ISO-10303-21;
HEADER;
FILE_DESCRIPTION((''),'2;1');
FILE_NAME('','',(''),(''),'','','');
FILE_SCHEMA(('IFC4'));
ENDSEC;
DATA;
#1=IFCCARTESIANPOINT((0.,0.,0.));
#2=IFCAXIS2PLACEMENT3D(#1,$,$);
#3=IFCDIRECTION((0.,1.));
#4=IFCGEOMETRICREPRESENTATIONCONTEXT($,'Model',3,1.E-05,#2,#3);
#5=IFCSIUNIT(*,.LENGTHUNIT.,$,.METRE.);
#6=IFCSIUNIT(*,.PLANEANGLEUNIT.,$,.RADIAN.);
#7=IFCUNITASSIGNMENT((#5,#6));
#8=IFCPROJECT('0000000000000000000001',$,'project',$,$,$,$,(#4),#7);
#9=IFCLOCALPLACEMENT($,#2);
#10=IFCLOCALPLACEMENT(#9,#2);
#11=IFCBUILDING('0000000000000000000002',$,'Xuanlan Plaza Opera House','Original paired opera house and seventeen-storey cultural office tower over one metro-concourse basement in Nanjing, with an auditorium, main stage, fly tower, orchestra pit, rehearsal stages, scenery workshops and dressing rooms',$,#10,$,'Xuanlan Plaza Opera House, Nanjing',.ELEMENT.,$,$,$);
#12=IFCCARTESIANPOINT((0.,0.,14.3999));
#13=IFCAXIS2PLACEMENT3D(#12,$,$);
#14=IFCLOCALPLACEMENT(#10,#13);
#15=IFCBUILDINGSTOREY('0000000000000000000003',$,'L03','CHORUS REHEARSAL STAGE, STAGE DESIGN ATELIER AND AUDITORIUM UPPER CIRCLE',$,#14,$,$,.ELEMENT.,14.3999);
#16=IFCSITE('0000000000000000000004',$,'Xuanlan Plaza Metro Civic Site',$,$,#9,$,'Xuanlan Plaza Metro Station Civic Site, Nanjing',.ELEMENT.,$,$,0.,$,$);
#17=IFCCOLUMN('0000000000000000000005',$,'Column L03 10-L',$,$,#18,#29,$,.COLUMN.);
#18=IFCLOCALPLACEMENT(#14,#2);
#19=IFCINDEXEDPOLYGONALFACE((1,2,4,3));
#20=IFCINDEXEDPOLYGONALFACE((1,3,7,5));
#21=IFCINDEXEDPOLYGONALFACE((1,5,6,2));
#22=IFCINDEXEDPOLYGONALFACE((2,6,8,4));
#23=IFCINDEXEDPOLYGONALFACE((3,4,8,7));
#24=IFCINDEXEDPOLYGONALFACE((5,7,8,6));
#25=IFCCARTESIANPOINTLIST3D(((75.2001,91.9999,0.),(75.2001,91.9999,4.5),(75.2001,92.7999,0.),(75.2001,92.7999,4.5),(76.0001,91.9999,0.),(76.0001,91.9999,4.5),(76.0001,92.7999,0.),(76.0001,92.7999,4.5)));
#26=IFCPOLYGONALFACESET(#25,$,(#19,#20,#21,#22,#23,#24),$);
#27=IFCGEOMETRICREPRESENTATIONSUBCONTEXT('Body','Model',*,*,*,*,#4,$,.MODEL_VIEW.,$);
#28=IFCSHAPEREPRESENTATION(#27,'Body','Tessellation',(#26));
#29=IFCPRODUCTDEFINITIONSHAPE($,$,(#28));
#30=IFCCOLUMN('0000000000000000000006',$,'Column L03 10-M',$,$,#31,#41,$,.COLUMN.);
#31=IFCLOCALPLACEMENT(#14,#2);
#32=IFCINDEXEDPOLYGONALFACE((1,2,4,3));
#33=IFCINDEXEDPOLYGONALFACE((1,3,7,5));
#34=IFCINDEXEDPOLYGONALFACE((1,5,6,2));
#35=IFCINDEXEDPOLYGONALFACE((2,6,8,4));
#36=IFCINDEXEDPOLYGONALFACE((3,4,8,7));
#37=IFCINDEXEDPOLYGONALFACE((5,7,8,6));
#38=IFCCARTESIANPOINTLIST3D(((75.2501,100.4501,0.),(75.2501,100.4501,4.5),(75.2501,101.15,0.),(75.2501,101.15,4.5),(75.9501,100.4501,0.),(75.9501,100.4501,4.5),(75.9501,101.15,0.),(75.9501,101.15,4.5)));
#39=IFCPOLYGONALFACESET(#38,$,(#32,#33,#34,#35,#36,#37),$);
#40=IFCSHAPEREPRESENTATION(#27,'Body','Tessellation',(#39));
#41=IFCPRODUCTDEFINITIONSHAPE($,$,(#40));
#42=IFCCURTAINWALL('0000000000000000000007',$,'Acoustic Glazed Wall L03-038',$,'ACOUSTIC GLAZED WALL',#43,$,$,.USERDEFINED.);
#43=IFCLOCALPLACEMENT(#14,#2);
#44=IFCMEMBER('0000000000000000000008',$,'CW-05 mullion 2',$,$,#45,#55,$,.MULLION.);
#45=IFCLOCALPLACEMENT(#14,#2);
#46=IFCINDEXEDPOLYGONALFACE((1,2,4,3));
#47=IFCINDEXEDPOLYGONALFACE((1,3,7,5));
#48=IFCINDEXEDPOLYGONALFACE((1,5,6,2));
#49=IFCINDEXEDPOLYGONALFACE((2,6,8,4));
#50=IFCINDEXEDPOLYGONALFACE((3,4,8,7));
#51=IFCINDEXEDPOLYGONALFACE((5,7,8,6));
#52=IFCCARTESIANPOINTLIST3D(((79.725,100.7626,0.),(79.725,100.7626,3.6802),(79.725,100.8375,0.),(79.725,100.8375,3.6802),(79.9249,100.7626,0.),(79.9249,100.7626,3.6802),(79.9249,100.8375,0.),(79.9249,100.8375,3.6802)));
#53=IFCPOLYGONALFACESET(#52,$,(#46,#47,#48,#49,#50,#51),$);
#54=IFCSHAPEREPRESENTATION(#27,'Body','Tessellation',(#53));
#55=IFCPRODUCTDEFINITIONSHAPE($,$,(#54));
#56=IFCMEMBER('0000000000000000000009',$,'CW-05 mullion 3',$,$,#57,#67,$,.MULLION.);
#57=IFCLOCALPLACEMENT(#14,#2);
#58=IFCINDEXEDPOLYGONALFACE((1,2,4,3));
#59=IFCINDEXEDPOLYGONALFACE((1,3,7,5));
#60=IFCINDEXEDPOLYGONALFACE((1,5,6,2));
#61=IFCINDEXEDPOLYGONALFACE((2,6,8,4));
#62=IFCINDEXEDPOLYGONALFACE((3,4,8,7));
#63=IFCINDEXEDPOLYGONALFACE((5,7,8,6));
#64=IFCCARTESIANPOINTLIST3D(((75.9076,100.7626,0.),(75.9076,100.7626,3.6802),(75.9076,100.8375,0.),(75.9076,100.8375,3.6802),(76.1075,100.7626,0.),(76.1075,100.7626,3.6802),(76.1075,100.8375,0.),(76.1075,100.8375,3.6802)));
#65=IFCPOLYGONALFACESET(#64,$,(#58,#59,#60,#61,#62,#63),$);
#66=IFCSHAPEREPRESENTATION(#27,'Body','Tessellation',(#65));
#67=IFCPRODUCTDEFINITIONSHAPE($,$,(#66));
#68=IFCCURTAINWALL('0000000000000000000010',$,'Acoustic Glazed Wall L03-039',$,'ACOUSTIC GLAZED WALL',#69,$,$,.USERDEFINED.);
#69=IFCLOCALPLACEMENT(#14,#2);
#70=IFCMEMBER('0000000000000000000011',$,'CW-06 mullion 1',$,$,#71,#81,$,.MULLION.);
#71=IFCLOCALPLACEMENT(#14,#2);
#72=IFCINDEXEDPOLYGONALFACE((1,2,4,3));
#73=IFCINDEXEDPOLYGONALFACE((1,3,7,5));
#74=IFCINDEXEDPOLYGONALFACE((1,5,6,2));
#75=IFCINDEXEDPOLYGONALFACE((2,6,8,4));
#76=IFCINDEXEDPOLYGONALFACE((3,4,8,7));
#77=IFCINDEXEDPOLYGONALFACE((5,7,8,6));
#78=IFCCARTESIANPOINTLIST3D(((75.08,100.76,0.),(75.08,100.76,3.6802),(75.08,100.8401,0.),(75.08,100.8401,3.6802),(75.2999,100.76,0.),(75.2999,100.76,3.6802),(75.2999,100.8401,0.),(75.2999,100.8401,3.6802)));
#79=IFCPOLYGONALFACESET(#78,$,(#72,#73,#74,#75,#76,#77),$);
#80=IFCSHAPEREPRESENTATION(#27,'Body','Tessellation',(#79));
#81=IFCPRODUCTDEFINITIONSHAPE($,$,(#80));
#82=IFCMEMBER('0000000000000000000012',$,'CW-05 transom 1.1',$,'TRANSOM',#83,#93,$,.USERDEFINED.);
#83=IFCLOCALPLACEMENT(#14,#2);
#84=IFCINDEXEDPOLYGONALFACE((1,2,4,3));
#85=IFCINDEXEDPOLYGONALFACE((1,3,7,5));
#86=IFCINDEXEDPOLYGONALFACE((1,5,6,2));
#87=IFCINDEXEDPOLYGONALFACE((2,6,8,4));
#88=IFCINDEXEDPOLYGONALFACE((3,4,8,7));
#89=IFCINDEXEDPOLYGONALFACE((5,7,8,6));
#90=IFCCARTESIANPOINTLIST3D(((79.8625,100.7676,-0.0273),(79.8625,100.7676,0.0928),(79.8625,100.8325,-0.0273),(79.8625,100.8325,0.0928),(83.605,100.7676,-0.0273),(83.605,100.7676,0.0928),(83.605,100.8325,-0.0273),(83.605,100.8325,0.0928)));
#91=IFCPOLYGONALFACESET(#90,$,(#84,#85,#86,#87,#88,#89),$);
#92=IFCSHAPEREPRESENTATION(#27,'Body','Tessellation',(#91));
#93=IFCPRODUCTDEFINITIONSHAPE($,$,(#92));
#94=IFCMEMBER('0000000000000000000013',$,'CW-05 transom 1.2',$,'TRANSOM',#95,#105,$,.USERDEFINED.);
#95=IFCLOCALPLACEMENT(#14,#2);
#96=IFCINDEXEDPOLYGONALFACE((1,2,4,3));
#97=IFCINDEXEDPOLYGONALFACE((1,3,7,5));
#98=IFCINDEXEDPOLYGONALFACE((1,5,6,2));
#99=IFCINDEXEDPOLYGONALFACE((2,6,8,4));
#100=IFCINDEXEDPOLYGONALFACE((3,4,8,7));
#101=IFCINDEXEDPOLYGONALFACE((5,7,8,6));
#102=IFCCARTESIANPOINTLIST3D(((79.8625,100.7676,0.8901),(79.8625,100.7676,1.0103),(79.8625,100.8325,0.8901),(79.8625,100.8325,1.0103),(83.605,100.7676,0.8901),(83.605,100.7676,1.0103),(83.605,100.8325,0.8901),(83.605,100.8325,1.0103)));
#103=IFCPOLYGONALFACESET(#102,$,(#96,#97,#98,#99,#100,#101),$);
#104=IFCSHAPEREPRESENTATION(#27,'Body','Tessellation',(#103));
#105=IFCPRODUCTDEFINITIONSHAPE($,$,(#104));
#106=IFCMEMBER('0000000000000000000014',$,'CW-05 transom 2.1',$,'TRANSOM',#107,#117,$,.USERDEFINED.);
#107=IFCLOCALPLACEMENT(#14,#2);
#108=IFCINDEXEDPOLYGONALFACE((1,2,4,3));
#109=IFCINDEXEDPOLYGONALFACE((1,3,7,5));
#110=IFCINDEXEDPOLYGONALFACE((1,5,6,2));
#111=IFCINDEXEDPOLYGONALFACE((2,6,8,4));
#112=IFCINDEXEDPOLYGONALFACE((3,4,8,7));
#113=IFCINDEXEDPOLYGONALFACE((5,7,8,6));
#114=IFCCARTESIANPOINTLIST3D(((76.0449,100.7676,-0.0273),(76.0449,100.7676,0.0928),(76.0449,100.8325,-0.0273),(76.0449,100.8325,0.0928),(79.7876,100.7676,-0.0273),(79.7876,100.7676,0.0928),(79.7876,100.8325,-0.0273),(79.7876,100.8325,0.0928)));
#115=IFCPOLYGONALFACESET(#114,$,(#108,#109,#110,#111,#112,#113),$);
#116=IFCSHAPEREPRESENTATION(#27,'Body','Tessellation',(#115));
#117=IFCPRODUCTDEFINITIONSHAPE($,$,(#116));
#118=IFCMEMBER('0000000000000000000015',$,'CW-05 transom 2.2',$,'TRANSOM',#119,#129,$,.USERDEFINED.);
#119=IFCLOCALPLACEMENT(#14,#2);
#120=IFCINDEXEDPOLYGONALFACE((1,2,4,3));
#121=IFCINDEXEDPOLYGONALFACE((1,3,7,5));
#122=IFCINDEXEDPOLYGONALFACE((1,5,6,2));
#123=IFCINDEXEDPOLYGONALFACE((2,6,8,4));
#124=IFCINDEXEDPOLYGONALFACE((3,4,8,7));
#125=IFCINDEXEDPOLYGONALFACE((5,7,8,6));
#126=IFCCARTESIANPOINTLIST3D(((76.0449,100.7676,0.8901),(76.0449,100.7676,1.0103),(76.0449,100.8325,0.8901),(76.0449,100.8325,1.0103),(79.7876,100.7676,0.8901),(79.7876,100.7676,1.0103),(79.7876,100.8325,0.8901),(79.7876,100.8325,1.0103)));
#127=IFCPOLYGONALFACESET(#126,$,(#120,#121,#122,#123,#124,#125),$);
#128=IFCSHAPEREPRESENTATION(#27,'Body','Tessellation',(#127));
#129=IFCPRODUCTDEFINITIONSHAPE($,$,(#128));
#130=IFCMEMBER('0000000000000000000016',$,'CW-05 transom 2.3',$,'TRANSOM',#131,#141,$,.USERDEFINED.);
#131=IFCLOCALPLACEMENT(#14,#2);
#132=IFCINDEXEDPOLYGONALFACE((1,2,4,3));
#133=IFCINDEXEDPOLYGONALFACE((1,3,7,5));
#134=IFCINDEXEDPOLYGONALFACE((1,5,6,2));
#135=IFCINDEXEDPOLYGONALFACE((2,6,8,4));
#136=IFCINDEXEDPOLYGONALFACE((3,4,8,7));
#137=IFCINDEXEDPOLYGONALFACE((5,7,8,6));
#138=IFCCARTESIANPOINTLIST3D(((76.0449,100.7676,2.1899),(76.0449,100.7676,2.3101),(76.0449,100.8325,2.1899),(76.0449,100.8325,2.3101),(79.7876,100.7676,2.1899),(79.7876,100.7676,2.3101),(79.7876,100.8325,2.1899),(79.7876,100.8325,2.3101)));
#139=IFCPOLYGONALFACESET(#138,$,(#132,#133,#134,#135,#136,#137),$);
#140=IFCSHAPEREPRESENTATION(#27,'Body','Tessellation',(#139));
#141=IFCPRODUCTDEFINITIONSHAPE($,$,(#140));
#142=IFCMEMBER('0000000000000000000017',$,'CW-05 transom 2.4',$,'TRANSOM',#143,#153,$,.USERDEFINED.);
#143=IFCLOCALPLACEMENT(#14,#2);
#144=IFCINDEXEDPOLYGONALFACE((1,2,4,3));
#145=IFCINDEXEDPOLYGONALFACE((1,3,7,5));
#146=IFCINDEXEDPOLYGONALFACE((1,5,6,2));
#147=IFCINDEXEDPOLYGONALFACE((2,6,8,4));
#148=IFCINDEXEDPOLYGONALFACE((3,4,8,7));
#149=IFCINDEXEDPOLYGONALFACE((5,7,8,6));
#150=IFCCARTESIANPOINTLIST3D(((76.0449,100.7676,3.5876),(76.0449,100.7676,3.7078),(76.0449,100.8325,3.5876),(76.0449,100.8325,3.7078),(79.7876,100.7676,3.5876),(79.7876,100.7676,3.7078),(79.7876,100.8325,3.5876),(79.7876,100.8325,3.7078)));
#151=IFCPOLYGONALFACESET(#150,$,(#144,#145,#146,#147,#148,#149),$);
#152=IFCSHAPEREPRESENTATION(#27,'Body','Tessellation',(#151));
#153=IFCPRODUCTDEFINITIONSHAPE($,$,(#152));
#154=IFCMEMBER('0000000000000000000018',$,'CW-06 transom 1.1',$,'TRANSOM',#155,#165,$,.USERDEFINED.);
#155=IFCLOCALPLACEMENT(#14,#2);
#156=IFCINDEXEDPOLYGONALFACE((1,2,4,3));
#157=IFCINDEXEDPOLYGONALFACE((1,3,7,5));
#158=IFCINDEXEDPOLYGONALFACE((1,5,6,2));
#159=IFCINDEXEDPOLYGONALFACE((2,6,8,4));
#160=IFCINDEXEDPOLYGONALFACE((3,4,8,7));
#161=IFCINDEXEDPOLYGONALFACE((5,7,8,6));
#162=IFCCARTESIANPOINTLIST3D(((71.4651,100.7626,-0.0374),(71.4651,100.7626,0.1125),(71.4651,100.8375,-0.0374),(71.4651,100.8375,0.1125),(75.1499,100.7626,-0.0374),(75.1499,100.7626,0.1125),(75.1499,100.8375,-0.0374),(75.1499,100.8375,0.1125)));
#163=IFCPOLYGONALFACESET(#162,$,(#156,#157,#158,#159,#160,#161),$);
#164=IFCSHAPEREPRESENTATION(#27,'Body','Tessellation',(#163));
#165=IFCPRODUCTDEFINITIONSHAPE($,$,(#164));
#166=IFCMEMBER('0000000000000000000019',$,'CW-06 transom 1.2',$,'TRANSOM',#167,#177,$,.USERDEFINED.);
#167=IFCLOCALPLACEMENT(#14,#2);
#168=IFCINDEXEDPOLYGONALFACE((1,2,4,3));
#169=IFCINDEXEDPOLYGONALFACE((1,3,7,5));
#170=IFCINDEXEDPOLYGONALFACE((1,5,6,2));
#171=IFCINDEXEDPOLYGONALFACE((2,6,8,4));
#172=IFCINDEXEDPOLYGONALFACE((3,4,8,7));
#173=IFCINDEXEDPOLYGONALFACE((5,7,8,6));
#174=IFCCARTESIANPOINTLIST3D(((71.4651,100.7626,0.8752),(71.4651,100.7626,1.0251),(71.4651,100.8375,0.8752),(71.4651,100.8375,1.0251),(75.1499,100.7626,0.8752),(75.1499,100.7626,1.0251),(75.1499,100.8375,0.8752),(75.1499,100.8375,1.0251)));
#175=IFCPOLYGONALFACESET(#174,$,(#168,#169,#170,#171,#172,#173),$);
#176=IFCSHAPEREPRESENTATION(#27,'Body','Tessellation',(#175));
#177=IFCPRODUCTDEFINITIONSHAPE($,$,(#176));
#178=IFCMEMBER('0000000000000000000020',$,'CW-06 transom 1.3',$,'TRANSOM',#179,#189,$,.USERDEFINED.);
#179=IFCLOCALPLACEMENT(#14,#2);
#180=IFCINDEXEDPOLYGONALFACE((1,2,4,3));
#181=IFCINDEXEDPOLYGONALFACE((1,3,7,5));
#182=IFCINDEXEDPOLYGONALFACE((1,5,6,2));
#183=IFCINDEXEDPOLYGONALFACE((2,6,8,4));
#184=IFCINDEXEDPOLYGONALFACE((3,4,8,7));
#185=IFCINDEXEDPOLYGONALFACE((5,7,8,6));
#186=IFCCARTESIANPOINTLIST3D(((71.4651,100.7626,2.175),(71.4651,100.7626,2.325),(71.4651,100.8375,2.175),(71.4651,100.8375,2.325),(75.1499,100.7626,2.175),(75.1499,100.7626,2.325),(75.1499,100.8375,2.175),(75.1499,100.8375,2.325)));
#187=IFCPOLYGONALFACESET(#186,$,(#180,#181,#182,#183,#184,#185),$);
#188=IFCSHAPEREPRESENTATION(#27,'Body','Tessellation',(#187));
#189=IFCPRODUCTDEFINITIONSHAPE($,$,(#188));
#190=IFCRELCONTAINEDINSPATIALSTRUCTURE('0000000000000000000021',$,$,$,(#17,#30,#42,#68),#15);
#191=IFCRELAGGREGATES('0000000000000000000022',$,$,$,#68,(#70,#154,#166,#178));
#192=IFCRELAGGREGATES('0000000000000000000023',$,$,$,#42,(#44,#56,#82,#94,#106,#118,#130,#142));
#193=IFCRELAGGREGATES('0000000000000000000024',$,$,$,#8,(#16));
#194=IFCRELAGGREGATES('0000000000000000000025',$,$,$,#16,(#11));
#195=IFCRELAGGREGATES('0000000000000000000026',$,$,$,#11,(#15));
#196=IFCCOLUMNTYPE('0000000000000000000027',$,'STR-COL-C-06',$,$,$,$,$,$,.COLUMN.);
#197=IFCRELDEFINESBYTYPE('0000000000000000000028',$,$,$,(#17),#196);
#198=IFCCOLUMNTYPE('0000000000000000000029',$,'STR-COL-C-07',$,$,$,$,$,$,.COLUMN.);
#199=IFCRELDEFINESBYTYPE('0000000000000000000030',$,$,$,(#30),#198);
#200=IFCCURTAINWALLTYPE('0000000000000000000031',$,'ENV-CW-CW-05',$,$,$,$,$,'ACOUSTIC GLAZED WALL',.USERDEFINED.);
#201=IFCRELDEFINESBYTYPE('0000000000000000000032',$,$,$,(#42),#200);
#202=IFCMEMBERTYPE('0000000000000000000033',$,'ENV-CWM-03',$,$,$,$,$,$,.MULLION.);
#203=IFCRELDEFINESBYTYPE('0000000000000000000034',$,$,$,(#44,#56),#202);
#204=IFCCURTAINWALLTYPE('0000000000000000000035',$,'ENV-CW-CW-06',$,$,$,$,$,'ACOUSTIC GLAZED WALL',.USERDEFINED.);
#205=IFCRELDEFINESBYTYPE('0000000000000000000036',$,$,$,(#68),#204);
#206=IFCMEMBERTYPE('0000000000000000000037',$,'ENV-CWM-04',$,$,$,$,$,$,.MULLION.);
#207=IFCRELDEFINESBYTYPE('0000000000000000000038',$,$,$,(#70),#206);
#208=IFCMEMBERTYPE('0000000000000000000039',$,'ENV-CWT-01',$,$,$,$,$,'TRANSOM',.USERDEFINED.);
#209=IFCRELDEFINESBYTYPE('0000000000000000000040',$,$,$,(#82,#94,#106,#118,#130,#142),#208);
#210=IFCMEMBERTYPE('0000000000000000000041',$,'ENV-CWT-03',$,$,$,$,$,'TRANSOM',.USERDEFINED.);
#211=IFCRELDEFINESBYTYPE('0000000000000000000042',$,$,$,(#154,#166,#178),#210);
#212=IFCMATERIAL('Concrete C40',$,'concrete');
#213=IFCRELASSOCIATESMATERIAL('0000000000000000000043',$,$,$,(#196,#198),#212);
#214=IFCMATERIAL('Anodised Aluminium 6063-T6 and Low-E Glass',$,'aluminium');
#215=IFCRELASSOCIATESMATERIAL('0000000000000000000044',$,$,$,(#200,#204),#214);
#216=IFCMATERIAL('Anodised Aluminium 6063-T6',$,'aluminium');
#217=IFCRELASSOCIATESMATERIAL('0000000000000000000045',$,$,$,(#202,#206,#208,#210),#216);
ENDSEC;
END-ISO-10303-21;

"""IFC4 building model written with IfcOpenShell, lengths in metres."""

from ifc_helpers import new_model, si_unit, direction, frame, origin, origin_2d, place, context, subcontext, project, spatial, rectangle, extrude, material, material_profile, profile_set, type_object, element, aggregate, save


model = new_model("IFC4")

# Units and contexts
model_context = context("Model", 3, precision=1e-05, world=origin(), true_north=direction((0.0, 1.0)))
body_context = subcontext(model_context, "Body", "Model", "MODEL_VIEW")
ifc_project = project(units=[si_unit("LENGTHUNIT", "METRE"), si_unit("PLANEANGLEUNIT", "RADIAN")], contexts=[model_context])

# Site, building, storey
site_placement = place(None, origin())
site = spatial("IfcSite", under=ifc_project, at=site_placement, Name="Xuanlan Plaza Metro Civic Site", LongName="Xuanlan Plaza Metro Station Civic Site, Nanjing", CompositionType="ELEMENT", RefElevation=0.0)
building_placement = place(site_placement, origin())
building = spatial("IfcBuilding", under=site, at=building_placement, Name="Xuanlan Plaza Opera House", Description="Original paired opera house and seventeen-storey cultural office tower over one metro-concourse basement in Nanjing, with an auditorium, main stage, fly tower, orchestra pit, rehearsal stages, scenery workshops and dressing rooms", LongName="Xuanlan Plaza Opera House, Nanjing", CompositionType="ELEMENT")
storey_placement = place(building_placement, frame((0.0, 0.0, 14.3999)))
storey = spatial("IfcBuildingStorey", under=building, at=storey_placement, Name="L03", Description="CHORUS REHEARSAL STAGE, STAGE DESIGN ATELIER AND AUDITORIUM UPPER CIRCLE", CompositionType="ELEMENT", Elevation=14.3999)

# Columns
ifc_material_1 = material(Name="Concrete C40", Category="concrete")
ifc_material_profile_1 = material_profile(ifc_material_1, rectangle(XDim=0.8, YDim=0.8, at=origin_2d()), Name="RC-COL 800x800")
ifc_profile_set_1 = profile_set([ifc_material_profile_1], Name="Concrete C40")
column_type_1 = type_object("IfcColumnType", Name="STR-COL-C-06", PredefinedType="COLUMN", material=ifc_profile_set_1)
column_1_placement = place(storey_placement, frame((75.6001, 92.3999, 0.0), z_axis=(0.0, 0.0, 1.0), x_axis=(1.0, 0.0, 0.0)))
element("IfcColumn", 1, at=column_1_placement, inside=storey, type_object=column_type_1, Name="Column L03 10-L", PredefinedType="COLUMN", context=body_context, shape_type="SweptSolid", body=[
    extrude(rectangle(XDim=0.8, YDim=0.8, at=origin_2d()), origin(), (0.0, 0.0, 1.0), 4.5),
])
ifc_material_profile_2 = material_profile(ifc_material_1, rectangle(XDim=0.7, YDim=0.7, at=origin_2d()), Name="RC-COL 700x700")
ifc_profile_set_2 = profile_set([ifc_material_profile_2], Name="Concrete C40")
column_type_2 = type_object("IfcColumnType", Name="STR-COL-C-07", PredefinedType="COLUMN", material=ifc_profile_set_2)
column_2_placement = place(storey_placement, frame((75.6001, 100.8, 0.0), z_axis=(0.0, 0.0, 1.0), x_axis=(1.0, 0.0, 0.0)))
element("IfcColumn", 2, at=column_2_placement, inside=storey, type_object=column_type_2, Name="Column L03 10-M", PredefinedType="COLUMN", context=body_context, shape_type="SweptSolid", body=[
    extrude(rectangle(XDim=0.7, YDim=0.7, at=origin_2d()), origin(), (0.0, 0.0, 1.0), 4.5),
])

# Curtain wall, members
ifc_material_2 = material(Name="Anodised Aluminium 6063-T6 and Low-E Glass", Category="aluminium")
curtain_wall_type_1 = type_object("IfcCurtainWallType", Name="ENV-CW-CW-05", ElementType="ACOUSTIC GLAZED WALL", PredefinedType="USERDEFINED", material=ifc_material_2)
curtain_wall_1_placement = place(storey_placement, origin())
curtain_wall_1 = element("IfcCurtainWall", 3, at=curtain_wall_1_placement, inside=storey, type_object=curtain_wall_type_1, Name="Acoustic Glazed Wall L03-038", ObjectType="ACOUSTIC GLAZED WALL", PredefinedType="USERDEFINED")
ifc_material_3 = material(Name="Anodised Aluminium 6063-T6", Category="aluminium")
ifc_material_profile_3 = material_profile(ifc_material_3, rectangle(XDim=0.075, YDim=0.2, at=origin_2d()), Name="ALU-M 75x200")
ifc_profile_set_3 = profile_set([ifc_material_profile_3], Name="Anodised Aluminium 6063-T6")
member_type_1 = type_object("IfcMemberType", Name="ENV-CWM-03", PredefinedType="MULLION", material=ifc_profile_set_3)
member_1_placement = place(storey_placement, frame((79.825, 100.8, 0.0), z_axis=(0.0, 0.0, 1.0), x_axis=(0.0, -1.0, 0.0)))
member_1 = element("IfcMember", 4, at=member_1_placement, type_object=member_type_1, Name="CW-05 mullion 2", PredefinedType="MULLION", context=body_context, shape_type="SweptSolid", body=[
    extrude(rectangle(XDim=0.075, YDim=0.2, at=origin_2d()), origin(), (0.0, 0.0, 1.0), 3.6802),
])
member_2_placement = place(storey_placement, frame((76.0076, 100.8, 0.0), z_axis=(0.0, 0.0, 1.0), x_axis=(0.0, -1.0, 0.0)))
member_2 = element("IfcMember", 5, at=member_2_placement, type_object=member_type_1, Name="CW-05 mullion 3", PredefinedType="MULLION", context=body_context, shape_type="SweptSolid", body=[
    extrude(rectangle(XDim=0.075, YDim=0.2, at=origin_2d()), origin(), (0.0, 0.0, 1.0), 3.6802),
])

# Curtain wall, member
curtain_wall_type_2 = type_object("IfcCurtainWallType", Name="ENV-CW-CW-06", ElementType="ACOUSTIC GLAZED WALL", PredefinedType="USERDEFINED", material=ifc_material_2)
curtain_wall_2_placement = place(storey_placement, origin())
curtain_wall_2 = element("IfcCurtainWall", 6, at=curtain_wall_2_placement, inside=storey, type_object=curtain_wall_type_2, Name="Acoustic Glazed Wall L03-039", ObjectType="ACOUSTIC GLAZED WALL", PredefinedType="USERDEFINED")
ifc_material_profile_4 = material_profile(ifc_material_3, rectangle(XDim=0.0801, YDim=0.22, at=origin_2d()), Name="ALU-M 80x220")
ifc_profile_set_4 = profile_set([ifc_material_profile_4], Name="Anodised Aluminium 6063-T6")
member_type_2 = type_object("IfcMemberType", Name="ENV-CWM-04", PredefinedType="MULLION", material=ifc_profile_set_4)
member_3_placement = place(storey_placement, frame((75.1899, 100.8, 0.0), z_axis=(0.0, 0.0, 1.0), x_axis=(0.0, -1.0, 0.0)))
member_3 = element("IfcMember", 7, at=member_3_placement, type_object=member_type_2, Name="CW-06 mullion 1", PredefinedType="MULLION", context=body_context, shape_type="SweptSolid", body=[
    extrude(rectangle(XDim=0.0801, YDim=0.22, at=origin_2d()), origin(), (0.0, 0.0, 1.0), 3.6802),
])

# Members
ifc_material_profile_5 = material_profile(ifc_material_3, rectangle(XDim=0.0649, YDim=0.1201, at=origin_2d()), Name="ALU-T 65x120")
ifc_profile_set_5 = profile_set([ifc_material_profile_5], Name="Anodised Aluminium 6063-T6")
member_type_3 = type_object("IfcMemberType", Name="ENV-CWT-01", ElementType="TRANSOM", PredefinedType="USERDEFINED", material=ifc_profile_set_5)
member_4_placement = place(storey_placement, frame((83.605, 100.8, 0.0327), z_axis=(-1.0, 0.0, 0.0), x_axis=(0.0, -1.0, 0.0)))
member_4 = element("IfcMember", 8, at=member_4_placement, type_object=member_type_3, Name="CW-05 transom 1.1", ObjectType="TRANSOM", PredefinedType="USERDEFINED", context=body_context, shape_type="SweptSolid", body=[
    extrude(rectangle(XDim=0.0649, YDim=0.1201, at=origin_2d()), origin(), (0.0, 0.0, 1.0), 3.7424),
])
member_5_placement = place(storey_placement, frame((83.605, 100.8, 0.9502), z_axis=(-1.0, 0.0, 0.0), x_axis=(0.0, -1.0, 0.0)))
member_5 = element("IfcMember", 9, at=member_5_placement, type_object=member_type_3, Name="CW-05 transom 1.2", ObjectType="TRANSOM", PredefinedType="USERDEFINED", context=body_context, shape_type="SweptSolid", body=[
    extrude(rectangle(XDim=0.0649, YDim=0.1201, at=origin_2d()), origin(), (0.0, 0.0, 1.0), 3.7424),
])
member_6_placement = place(storey_placement, frame((79.7876, 100.8, 0.0327), z_axis=(-1.0, 0.0, 0.0), x_axis=(0.0, -1.0, 0.0)))
member_6 = element("IfcMember", 10, at=member_6_placement, type_object=member_type_3, Name="CW-05 transom 2.1", ObjectType="TRANSOM", PredefinedType="USERDEFINED", context=body_context, shape_type="SweptSolid", body=[
    extrude(rectangle(XDim=0.0649, YDim=0.1201, at=origin_2d()), origin(), (0.0, 0.0, 1.0), 3.7427),
])
member_7_placement = place(storey_placement, frame((79.7876, 100.8, 0.9502), z_axis=(-1.0, 0.0, 0.0), x_axis=(0.0, -1.0, 0.0)))
member_7 = element("IfcMember", 11, at=member_7_placement, type_object=member_type_3, Name="CW-05 transom 2.2", ObjectType="TRANSOM", PredefinedType="USERDEFINED", context=body_context, shape_type="SweptSolid", body=[
    extrude(rectangle(XDim=0.0649, YDim=0.1201, at=origin_2d()), origin(), (0.0, 0.0, 1.0), 3.7427),
])
member_8_placement = place(storey_placement, frame((79.7876, 100.8, 2.25), z_axis=(-1.0, 0.0, 0.0), x_axis=(0.0, -1.0, 0.0)))
member_8 = element("IfcMember", 12, at=member_8_placement, type_object=member_type_3, Name="CW-05 transom 2.3", ObjectType="TRANSOM", PredefinedType="USERDEFINED", context=body_context, shape_type="SweptSolid", body=[
    extrude(rectangle(XDim=0.0649, YDim=0.1201, at=origin_2d()), origin(), (0.0, 0.0, 1.0), 3.7427),
])
member_9_placement = place(storey_placement, frame((79.7876, 100.8, 3.6477), z_axis=(-1.0, 0.0, 0.0), x_axis=(0.0, -1.0, 0.0)))
member_9 = element("IfcMember", 13, at=member_9_placement, type_object=member_type_3, Name="CW-05 transom 2.4", ObjectType="TRANSOM", PredefinedType="USERDEFINED", context=body_context, shape_type="SweptSolid", body=[
    extrude(rectangle(XDim=0.0649, YDim=0.1201, at=origin_2d()), origin(), (0.0, 0.0, 1.0), 3.7427),
])
ifc_material_profile_6 = material_profile(ifc_material_3, rectangle(XDim=0.075, YDim=0.1499, at=origin_2d()), Name="ALU-T 75x150")
ifc_profile_set_6 = profile_set([ifc_material_profile_6], Name="Anodised Aluminium 6063-T6")
member_type_4 = type_object("IfcMemberType", Name="ENV-CWT-03", ElementType="TRANSOM", PredefinedType="USERDEFINED", material=ifc_profile_set_6)
member_10_placement = place(storey_placement, frame((75.1499, 100.8, 0.0376), z_axis=(-1.0, 0.0, 0.0), x_axis=(0.0, -1.0, 0.0)))
member_10 = element("IfcMember", 14, at=member_10_placement, type_object=member_type_4, Name="CW-06 transom 1.1", ObjectType="TRANSOM", PredefinedType="USERDEFINED", context=body_context, shape_type="SweptSolid", body=[
    extrude(rectangle(XDim=0.075, YDim=0.1499, at=origin_2d()), origin(), (0.0, 0.0, 1.0), 3.6848),
])
member_11_placement = place(storey_placement, frame((75.1499, 100.8, 0.9502), z_axis=(-1.0, 0.0, 0.0), x_axis=(0.0, -1.0, 0.0)))
member_11 = element("IfcMember", 15, at=member_11_placement, type_object=member_type_4, Name="CW-06 transom 1.2", ObjectType="TRANSOM", PredefinedType="USERDEFINED", context=body_context, shape_type="SweptSolid", body=[
    extrude(rectangle(XDim=0.075, YDim=0.1499, at=origin_2d()), origin(), (0.0, 0.0, 1.0), 3.6848),
])
member_12_placement = place(storey_placement, frame((75.1499, 100.8, 2.25), z_axis=(-1.0, 0.0, 0.0), x_axis=(0.0, -1.0, 0.0)))
member_12 = element("IfcMember", 16, at=member_12_placement, type_object=member_type_4, Name="CW-06 transom 1.3", ObjectType="TRANSOM", PredefinedType="USERDEFINED", context=body_context, shape_type="SweptSolid", body=[
    extrude(rectangle(XDim=0.075, YDim=0.1499, at=origin_2d()), origin(), (0.0, 0.0, 1.0), 3.6848),
])

aggregate(curtain_wall_2, [member_3, member_10, member_11, member_12])
aggregate(curtain_wall_1, [member_1, member_2, member_4, member_5, member_6, member_7, member_8, member_9])

save(model, "model.ifc")
